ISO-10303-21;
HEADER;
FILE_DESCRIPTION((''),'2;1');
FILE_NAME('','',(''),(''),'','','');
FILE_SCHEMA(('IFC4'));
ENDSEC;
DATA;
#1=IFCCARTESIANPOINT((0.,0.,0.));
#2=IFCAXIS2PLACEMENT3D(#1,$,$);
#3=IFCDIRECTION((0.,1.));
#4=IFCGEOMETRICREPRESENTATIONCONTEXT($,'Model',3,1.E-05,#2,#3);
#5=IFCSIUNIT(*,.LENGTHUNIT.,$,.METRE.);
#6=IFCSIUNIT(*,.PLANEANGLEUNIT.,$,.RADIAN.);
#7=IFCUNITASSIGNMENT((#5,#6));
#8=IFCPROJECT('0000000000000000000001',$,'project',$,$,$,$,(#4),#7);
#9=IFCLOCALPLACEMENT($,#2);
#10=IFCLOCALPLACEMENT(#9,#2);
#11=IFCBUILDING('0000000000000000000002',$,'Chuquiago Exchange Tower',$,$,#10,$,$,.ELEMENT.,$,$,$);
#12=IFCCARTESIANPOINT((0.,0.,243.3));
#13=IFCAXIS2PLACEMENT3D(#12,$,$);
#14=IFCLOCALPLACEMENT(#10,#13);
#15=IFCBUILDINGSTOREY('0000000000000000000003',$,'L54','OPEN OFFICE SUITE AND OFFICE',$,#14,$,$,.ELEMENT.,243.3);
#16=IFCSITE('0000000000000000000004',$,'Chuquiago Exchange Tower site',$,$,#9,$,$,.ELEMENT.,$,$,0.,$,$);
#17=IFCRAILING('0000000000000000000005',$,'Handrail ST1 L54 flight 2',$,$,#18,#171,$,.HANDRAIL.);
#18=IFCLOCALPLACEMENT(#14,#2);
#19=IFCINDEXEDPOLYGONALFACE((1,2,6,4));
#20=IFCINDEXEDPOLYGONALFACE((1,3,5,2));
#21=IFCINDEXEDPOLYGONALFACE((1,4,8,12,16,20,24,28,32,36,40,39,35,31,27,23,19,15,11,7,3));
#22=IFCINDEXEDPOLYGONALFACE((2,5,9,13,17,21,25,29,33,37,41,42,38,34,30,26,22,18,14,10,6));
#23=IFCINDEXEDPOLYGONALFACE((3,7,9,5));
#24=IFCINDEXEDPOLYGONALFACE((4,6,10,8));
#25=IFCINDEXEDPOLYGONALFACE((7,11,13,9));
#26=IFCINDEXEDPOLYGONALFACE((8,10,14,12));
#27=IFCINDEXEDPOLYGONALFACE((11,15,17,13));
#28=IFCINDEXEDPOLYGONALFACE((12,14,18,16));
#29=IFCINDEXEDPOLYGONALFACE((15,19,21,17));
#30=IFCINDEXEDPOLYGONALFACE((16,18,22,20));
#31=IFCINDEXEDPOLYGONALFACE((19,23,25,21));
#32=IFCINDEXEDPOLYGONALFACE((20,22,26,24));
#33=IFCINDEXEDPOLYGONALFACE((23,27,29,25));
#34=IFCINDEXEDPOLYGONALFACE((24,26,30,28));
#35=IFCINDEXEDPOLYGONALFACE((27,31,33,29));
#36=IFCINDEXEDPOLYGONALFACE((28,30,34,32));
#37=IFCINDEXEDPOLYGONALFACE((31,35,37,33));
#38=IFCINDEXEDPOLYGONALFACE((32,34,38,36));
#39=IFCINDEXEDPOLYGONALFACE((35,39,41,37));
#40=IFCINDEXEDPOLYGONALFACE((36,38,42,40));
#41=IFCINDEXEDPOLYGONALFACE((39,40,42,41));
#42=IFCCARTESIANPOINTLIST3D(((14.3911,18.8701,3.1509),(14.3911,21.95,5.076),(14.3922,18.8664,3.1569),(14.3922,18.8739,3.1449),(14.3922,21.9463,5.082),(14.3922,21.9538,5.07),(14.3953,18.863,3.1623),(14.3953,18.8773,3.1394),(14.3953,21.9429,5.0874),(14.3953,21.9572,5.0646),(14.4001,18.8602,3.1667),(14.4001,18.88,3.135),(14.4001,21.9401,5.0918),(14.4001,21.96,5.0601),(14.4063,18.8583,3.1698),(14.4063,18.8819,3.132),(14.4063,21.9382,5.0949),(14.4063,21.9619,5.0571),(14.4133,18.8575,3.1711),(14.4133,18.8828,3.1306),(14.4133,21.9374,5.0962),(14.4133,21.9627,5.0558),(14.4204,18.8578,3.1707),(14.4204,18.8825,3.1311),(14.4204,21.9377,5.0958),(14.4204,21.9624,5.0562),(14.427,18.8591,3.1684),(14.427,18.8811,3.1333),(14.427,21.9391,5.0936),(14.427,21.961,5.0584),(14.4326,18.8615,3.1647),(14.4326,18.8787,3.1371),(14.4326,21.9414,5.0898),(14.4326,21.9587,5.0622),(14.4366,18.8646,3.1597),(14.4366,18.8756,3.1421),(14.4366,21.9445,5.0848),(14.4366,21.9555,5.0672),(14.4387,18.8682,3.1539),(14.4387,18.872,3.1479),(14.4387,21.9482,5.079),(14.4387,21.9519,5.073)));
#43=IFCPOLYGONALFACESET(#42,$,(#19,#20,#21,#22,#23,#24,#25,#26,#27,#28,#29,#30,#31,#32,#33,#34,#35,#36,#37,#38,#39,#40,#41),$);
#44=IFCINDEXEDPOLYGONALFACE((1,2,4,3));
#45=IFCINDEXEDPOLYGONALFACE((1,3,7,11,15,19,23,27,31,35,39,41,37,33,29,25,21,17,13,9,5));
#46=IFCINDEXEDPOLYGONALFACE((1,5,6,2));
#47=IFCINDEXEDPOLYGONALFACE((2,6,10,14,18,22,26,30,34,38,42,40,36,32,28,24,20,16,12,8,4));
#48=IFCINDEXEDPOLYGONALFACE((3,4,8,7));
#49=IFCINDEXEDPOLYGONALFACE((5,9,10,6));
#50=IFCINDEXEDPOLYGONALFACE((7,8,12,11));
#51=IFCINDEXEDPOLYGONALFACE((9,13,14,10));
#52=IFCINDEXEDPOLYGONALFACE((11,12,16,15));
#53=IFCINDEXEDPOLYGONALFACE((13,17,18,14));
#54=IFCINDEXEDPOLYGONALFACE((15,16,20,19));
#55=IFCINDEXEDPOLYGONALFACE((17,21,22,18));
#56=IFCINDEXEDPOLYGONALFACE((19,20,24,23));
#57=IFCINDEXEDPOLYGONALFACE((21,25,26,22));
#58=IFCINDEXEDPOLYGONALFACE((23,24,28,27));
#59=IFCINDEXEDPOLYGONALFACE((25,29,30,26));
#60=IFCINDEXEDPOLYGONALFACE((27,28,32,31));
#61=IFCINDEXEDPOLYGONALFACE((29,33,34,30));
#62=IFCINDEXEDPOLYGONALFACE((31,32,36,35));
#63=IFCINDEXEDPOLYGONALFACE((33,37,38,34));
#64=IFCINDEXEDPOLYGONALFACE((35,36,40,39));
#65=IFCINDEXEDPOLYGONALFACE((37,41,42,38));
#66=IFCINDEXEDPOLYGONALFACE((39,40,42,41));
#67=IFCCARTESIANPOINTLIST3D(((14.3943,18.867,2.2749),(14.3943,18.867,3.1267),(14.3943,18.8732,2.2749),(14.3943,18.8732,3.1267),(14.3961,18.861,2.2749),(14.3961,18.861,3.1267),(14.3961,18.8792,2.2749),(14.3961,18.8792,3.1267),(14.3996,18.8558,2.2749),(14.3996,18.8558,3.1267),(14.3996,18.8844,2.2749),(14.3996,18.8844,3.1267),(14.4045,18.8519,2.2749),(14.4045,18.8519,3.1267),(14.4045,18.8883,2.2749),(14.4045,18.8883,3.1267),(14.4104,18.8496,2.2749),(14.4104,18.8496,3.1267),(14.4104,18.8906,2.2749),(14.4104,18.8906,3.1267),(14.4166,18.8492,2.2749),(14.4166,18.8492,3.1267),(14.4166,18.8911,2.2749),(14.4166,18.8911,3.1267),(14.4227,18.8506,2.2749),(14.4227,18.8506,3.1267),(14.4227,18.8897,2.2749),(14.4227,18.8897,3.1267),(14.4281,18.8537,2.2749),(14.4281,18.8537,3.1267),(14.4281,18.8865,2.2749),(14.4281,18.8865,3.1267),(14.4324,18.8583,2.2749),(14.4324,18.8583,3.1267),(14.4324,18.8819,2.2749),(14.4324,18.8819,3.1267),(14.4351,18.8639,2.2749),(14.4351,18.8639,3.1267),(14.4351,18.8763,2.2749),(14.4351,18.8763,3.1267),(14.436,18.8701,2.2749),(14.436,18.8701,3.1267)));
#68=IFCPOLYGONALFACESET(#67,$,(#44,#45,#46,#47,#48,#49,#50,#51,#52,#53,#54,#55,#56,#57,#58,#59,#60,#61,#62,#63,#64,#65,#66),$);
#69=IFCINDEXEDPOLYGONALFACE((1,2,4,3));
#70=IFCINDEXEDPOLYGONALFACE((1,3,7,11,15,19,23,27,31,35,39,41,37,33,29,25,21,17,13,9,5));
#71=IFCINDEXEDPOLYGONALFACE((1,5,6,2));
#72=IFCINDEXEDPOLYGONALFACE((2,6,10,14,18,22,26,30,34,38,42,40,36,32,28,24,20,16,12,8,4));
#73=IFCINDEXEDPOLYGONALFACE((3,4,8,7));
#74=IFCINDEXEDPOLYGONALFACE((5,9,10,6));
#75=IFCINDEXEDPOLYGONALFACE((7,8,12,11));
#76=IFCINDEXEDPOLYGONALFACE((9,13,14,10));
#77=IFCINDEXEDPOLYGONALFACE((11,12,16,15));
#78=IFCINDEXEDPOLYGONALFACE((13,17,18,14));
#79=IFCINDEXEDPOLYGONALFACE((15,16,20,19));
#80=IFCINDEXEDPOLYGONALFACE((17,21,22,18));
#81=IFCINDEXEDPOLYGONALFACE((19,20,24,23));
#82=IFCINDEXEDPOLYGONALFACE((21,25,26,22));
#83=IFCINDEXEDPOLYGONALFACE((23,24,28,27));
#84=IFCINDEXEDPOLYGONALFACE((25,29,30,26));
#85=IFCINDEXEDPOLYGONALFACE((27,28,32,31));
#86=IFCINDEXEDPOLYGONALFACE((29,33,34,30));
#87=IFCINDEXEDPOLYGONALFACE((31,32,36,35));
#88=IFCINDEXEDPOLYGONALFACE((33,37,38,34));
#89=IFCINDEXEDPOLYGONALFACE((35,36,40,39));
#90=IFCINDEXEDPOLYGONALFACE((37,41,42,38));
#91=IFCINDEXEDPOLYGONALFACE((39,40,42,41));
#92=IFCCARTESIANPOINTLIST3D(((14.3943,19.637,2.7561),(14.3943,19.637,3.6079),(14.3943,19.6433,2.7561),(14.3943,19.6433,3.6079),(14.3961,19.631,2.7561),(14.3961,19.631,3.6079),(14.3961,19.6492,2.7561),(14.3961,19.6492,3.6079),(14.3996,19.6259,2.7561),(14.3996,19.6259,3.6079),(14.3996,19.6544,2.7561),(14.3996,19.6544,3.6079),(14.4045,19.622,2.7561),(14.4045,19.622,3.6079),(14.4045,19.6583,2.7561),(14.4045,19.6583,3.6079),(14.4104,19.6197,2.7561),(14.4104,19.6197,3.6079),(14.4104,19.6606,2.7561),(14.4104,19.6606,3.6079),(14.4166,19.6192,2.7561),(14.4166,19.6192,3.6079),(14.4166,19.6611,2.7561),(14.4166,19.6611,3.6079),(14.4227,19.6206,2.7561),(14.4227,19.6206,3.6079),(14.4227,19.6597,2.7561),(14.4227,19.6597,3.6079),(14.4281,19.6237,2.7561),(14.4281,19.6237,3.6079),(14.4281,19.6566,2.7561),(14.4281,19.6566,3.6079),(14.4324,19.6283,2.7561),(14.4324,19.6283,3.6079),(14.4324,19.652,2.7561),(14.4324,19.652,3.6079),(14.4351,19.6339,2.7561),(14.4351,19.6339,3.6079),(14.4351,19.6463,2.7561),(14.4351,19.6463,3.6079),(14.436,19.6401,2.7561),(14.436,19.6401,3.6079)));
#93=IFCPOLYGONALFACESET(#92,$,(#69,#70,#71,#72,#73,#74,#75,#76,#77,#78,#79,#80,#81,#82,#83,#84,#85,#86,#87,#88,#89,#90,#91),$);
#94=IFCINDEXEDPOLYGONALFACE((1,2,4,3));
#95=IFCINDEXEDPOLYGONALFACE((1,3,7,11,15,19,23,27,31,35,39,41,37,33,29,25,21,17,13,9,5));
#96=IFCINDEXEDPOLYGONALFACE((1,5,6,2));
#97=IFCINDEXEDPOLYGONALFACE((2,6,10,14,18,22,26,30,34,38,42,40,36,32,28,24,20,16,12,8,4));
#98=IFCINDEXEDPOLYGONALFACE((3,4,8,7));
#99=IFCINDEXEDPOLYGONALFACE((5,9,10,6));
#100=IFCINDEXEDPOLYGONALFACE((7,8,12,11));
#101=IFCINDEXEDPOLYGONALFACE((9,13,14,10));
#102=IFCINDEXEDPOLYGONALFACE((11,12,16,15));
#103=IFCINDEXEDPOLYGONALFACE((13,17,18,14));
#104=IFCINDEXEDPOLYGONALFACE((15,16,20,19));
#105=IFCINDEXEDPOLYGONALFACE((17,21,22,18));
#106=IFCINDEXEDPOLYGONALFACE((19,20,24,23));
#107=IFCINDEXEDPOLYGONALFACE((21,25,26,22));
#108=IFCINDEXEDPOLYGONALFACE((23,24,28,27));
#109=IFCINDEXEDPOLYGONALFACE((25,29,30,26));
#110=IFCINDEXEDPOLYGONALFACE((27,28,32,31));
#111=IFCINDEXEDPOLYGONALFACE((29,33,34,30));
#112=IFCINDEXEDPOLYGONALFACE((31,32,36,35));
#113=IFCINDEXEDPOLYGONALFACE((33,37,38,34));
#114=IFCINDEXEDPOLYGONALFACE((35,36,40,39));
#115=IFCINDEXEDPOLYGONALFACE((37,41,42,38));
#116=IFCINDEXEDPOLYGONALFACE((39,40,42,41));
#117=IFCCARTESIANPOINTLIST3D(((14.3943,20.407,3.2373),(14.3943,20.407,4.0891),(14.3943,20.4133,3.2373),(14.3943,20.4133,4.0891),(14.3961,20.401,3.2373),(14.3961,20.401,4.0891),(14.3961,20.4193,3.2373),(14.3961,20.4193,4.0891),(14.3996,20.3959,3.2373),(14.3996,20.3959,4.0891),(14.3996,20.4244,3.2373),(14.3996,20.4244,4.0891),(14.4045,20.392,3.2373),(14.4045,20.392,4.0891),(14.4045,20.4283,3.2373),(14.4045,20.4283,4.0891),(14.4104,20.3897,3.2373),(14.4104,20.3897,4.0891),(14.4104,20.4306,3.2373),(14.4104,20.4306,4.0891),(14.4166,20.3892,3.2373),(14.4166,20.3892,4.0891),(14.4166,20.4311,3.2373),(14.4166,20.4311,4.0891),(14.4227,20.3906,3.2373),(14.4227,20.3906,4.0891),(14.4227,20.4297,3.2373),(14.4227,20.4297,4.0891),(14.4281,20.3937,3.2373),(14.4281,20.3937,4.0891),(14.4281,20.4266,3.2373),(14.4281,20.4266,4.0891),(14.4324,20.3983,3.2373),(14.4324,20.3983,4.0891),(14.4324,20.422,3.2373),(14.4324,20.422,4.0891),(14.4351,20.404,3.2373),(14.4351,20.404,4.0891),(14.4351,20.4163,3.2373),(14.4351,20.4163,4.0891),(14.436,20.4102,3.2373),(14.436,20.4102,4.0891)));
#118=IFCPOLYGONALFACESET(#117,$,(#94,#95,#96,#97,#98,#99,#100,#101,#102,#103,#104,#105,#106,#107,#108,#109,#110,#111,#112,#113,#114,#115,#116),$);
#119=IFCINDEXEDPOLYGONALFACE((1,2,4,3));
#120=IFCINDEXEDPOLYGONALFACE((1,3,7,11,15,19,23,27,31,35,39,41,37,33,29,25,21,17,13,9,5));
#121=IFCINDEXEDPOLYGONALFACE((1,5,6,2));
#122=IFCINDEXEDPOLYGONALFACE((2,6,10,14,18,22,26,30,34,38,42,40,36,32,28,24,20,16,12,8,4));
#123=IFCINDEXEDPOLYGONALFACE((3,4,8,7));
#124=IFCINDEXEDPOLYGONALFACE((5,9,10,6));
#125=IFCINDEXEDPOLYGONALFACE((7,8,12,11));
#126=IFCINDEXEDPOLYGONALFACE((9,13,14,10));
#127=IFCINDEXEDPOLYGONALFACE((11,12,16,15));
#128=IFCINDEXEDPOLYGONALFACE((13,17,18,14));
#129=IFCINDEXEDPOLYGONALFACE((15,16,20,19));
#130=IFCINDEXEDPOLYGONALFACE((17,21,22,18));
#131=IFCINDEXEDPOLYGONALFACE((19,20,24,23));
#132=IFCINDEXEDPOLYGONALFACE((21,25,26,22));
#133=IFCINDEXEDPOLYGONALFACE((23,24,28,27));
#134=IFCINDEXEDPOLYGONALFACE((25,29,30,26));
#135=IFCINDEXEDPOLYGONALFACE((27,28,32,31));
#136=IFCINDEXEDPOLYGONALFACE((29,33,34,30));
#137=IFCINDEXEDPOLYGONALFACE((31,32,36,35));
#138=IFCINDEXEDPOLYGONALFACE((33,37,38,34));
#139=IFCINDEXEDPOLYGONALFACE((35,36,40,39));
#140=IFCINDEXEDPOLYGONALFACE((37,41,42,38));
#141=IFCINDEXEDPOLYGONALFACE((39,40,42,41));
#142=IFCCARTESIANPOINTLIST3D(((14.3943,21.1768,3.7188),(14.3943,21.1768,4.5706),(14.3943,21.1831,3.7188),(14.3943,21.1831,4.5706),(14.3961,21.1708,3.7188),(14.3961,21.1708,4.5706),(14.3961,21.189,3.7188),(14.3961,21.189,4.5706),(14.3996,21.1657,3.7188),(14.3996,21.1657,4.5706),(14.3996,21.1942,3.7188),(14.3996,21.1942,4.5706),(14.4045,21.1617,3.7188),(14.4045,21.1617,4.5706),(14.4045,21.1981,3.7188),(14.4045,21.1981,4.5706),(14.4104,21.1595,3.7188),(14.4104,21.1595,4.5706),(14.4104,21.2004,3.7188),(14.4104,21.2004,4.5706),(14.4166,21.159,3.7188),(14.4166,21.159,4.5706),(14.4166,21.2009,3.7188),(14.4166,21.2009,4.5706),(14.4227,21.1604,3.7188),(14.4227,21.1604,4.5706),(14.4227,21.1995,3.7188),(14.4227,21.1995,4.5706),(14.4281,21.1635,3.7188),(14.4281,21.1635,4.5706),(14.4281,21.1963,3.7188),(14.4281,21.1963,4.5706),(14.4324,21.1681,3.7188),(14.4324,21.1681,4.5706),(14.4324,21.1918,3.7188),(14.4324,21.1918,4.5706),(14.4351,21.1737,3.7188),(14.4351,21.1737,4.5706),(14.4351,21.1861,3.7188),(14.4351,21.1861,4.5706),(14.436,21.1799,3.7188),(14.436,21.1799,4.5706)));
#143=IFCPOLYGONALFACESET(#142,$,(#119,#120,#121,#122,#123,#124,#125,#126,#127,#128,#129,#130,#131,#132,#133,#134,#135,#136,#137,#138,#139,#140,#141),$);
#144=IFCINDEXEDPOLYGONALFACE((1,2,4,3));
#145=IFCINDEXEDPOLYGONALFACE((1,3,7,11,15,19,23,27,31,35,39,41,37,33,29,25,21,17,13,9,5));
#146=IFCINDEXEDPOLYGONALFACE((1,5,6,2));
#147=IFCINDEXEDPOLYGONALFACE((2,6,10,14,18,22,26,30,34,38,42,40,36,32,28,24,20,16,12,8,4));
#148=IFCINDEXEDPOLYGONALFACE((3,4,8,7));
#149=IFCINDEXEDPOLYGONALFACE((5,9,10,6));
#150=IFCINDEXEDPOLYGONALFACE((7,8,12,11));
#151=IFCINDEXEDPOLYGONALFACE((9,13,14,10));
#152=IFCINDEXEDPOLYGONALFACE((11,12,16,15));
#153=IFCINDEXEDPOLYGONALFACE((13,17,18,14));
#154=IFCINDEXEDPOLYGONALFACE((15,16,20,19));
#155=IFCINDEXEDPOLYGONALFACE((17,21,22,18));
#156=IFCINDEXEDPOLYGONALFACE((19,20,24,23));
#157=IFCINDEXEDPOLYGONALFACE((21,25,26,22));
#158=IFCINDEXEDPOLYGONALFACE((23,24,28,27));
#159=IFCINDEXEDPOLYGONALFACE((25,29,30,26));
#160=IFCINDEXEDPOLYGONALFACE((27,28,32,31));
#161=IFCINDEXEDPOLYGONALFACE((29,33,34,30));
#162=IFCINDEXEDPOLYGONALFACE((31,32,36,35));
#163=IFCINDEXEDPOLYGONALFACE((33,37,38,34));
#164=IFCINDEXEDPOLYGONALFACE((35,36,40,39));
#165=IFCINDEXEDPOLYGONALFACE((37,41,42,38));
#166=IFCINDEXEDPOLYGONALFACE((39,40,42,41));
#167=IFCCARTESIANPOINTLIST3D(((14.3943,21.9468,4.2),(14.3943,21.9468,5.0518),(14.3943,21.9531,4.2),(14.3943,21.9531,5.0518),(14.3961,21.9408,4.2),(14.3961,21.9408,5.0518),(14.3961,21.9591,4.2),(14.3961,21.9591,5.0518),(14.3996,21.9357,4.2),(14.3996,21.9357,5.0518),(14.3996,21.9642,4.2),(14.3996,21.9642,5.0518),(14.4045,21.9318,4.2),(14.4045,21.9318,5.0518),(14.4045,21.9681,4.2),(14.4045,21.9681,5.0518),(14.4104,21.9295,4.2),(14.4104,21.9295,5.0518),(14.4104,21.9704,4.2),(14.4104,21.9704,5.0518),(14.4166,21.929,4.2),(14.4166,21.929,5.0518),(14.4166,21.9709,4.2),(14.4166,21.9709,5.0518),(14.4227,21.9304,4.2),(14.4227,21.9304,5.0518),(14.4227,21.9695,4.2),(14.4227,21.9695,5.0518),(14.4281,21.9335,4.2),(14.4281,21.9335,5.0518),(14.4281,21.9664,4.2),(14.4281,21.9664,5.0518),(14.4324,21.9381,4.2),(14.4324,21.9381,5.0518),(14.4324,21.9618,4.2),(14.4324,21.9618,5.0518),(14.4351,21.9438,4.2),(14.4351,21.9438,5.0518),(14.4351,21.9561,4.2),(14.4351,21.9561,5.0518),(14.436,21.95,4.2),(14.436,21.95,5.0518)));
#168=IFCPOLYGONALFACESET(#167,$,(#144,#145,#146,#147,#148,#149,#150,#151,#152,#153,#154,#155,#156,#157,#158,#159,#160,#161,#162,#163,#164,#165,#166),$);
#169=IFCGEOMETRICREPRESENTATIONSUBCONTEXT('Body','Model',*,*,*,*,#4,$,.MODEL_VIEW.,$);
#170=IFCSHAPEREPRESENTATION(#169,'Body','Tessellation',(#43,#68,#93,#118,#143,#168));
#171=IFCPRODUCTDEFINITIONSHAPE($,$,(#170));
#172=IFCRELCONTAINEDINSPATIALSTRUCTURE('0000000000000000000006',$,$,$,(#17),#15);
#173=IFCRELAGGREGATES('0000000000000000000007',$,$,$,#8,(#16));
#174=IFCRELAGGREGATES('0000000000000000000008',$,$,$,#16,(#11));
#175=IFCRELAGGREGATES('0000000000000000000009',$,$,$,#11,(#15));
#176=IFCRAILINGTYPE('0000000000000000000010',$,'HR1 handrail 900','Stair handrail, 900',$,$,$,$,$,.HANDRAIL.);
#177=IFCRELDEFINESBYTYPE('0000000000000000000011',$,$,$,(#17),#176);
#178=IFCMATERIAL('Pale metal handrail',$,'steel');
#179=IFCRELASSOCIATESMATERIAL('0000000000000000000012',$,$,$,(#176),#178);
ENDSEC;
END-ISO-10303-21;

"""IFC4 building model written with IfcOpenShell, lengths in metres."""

from ifc_helpers import new_model, si_unit, direction, frame, origin, origin_2d, place, context, subcontext, project, spatial, circle, extrude, material, type_object, element, save


model = new_model("IFC4")

# Units and contexts
model_context = context("Model", 3, precision=1e-05, world=origin(), true_north=direction((0.0, 1.0)))
body_context = subcontext(model_context, "Body", "Model", "MODEL_VIEW")
ifc_project = project(units=[si_unit("LENGTHUNIT", "METRE"), si_unit("PLANEANGLEUNIT", "RADIAN")], contexts=[model_context])

# Site, building, storey
site_placement = place(None, origin())
site = spatial("IfcSite", under=ifc_project, at=site_placement, Name="Chuquiago Exchange Tower site", CompositionType="ELEMENT", RefElevation=0.0)
building_placement = place(site_placement, origin())
building = spatial("IfcBuilding", under=site, at=building_placement, Name="Chuquiago Exchange Tower", CompositionType="ELEMENT")
storey_placement = place(building_placement, frame((0.0, 0.0, 243.3)))
storey = spatial("IfcBuildingStorey", under=building, at=storey_placement, Name="L54", Description="OPEN OFFICE SUITE AND OFFICE", CompositionType="ELEMENT", Elevation=243.3)

# Railing
ifc_material_1 = material(Name="Pale metal handrail", Category="steel")
railing_type_1 = type_object("IfcRailingType", Name="HR1 handrail 900", Description="Stair handrail, 900", PredefinedType="HANDRAIL", material=ifc_material_1)
for number, where, name in (
    (1, (14.415, 18.8701, 2.2749), "Handrail ST1 L54 flight 2"),
):
    element("IfcRailing", number, at=place(storey_placement, frame(where)), inside=storey, type_object=railing_type_1, Name=name, PredefinedType="HANDRAIL", context=body_context, shape_type="SweptSolid", body=[
        extrude(circle(Radius=0.0239, at=origin_2d()), frame((0.0, 0.0, 0.876), z_axis=(0.0, 0.847979, 0.530029), x_axis=(-1.0, 0.0, 0.0)), (0.0, 0.0, 1.0), 3.6321),
        extrude(circle(Radius=0.021, at=origin_2d()), origin(), (0.0, 0.0, 1.0), 0.8518),
        extrude(circle(Radius=0.021, at=origin_2d()), frame((0.0, 0.77, 0.4812)), (0.0, 0.0, 1.0), 0.8518),
        extrude(circle(Radius=0.021, at=origin_2d()), frame((0.0, 1.54, 0.9624)), (0.0, 0.0, 1.0), 0.8518),
        extrude(circle(Radius=0.021, at=origin_2d()), frame((0.0, 2.3098, 1.4438)), (0.0, 0.0, 1.0), 0.8518),
        extrude(circle(Radius=0.021, at=origin_2d()), frame((0.0, 3.0798, 1.925)), (0.0, 0.0, 1.0), 0.8518),
    ])

save(model, "model.ifc")
